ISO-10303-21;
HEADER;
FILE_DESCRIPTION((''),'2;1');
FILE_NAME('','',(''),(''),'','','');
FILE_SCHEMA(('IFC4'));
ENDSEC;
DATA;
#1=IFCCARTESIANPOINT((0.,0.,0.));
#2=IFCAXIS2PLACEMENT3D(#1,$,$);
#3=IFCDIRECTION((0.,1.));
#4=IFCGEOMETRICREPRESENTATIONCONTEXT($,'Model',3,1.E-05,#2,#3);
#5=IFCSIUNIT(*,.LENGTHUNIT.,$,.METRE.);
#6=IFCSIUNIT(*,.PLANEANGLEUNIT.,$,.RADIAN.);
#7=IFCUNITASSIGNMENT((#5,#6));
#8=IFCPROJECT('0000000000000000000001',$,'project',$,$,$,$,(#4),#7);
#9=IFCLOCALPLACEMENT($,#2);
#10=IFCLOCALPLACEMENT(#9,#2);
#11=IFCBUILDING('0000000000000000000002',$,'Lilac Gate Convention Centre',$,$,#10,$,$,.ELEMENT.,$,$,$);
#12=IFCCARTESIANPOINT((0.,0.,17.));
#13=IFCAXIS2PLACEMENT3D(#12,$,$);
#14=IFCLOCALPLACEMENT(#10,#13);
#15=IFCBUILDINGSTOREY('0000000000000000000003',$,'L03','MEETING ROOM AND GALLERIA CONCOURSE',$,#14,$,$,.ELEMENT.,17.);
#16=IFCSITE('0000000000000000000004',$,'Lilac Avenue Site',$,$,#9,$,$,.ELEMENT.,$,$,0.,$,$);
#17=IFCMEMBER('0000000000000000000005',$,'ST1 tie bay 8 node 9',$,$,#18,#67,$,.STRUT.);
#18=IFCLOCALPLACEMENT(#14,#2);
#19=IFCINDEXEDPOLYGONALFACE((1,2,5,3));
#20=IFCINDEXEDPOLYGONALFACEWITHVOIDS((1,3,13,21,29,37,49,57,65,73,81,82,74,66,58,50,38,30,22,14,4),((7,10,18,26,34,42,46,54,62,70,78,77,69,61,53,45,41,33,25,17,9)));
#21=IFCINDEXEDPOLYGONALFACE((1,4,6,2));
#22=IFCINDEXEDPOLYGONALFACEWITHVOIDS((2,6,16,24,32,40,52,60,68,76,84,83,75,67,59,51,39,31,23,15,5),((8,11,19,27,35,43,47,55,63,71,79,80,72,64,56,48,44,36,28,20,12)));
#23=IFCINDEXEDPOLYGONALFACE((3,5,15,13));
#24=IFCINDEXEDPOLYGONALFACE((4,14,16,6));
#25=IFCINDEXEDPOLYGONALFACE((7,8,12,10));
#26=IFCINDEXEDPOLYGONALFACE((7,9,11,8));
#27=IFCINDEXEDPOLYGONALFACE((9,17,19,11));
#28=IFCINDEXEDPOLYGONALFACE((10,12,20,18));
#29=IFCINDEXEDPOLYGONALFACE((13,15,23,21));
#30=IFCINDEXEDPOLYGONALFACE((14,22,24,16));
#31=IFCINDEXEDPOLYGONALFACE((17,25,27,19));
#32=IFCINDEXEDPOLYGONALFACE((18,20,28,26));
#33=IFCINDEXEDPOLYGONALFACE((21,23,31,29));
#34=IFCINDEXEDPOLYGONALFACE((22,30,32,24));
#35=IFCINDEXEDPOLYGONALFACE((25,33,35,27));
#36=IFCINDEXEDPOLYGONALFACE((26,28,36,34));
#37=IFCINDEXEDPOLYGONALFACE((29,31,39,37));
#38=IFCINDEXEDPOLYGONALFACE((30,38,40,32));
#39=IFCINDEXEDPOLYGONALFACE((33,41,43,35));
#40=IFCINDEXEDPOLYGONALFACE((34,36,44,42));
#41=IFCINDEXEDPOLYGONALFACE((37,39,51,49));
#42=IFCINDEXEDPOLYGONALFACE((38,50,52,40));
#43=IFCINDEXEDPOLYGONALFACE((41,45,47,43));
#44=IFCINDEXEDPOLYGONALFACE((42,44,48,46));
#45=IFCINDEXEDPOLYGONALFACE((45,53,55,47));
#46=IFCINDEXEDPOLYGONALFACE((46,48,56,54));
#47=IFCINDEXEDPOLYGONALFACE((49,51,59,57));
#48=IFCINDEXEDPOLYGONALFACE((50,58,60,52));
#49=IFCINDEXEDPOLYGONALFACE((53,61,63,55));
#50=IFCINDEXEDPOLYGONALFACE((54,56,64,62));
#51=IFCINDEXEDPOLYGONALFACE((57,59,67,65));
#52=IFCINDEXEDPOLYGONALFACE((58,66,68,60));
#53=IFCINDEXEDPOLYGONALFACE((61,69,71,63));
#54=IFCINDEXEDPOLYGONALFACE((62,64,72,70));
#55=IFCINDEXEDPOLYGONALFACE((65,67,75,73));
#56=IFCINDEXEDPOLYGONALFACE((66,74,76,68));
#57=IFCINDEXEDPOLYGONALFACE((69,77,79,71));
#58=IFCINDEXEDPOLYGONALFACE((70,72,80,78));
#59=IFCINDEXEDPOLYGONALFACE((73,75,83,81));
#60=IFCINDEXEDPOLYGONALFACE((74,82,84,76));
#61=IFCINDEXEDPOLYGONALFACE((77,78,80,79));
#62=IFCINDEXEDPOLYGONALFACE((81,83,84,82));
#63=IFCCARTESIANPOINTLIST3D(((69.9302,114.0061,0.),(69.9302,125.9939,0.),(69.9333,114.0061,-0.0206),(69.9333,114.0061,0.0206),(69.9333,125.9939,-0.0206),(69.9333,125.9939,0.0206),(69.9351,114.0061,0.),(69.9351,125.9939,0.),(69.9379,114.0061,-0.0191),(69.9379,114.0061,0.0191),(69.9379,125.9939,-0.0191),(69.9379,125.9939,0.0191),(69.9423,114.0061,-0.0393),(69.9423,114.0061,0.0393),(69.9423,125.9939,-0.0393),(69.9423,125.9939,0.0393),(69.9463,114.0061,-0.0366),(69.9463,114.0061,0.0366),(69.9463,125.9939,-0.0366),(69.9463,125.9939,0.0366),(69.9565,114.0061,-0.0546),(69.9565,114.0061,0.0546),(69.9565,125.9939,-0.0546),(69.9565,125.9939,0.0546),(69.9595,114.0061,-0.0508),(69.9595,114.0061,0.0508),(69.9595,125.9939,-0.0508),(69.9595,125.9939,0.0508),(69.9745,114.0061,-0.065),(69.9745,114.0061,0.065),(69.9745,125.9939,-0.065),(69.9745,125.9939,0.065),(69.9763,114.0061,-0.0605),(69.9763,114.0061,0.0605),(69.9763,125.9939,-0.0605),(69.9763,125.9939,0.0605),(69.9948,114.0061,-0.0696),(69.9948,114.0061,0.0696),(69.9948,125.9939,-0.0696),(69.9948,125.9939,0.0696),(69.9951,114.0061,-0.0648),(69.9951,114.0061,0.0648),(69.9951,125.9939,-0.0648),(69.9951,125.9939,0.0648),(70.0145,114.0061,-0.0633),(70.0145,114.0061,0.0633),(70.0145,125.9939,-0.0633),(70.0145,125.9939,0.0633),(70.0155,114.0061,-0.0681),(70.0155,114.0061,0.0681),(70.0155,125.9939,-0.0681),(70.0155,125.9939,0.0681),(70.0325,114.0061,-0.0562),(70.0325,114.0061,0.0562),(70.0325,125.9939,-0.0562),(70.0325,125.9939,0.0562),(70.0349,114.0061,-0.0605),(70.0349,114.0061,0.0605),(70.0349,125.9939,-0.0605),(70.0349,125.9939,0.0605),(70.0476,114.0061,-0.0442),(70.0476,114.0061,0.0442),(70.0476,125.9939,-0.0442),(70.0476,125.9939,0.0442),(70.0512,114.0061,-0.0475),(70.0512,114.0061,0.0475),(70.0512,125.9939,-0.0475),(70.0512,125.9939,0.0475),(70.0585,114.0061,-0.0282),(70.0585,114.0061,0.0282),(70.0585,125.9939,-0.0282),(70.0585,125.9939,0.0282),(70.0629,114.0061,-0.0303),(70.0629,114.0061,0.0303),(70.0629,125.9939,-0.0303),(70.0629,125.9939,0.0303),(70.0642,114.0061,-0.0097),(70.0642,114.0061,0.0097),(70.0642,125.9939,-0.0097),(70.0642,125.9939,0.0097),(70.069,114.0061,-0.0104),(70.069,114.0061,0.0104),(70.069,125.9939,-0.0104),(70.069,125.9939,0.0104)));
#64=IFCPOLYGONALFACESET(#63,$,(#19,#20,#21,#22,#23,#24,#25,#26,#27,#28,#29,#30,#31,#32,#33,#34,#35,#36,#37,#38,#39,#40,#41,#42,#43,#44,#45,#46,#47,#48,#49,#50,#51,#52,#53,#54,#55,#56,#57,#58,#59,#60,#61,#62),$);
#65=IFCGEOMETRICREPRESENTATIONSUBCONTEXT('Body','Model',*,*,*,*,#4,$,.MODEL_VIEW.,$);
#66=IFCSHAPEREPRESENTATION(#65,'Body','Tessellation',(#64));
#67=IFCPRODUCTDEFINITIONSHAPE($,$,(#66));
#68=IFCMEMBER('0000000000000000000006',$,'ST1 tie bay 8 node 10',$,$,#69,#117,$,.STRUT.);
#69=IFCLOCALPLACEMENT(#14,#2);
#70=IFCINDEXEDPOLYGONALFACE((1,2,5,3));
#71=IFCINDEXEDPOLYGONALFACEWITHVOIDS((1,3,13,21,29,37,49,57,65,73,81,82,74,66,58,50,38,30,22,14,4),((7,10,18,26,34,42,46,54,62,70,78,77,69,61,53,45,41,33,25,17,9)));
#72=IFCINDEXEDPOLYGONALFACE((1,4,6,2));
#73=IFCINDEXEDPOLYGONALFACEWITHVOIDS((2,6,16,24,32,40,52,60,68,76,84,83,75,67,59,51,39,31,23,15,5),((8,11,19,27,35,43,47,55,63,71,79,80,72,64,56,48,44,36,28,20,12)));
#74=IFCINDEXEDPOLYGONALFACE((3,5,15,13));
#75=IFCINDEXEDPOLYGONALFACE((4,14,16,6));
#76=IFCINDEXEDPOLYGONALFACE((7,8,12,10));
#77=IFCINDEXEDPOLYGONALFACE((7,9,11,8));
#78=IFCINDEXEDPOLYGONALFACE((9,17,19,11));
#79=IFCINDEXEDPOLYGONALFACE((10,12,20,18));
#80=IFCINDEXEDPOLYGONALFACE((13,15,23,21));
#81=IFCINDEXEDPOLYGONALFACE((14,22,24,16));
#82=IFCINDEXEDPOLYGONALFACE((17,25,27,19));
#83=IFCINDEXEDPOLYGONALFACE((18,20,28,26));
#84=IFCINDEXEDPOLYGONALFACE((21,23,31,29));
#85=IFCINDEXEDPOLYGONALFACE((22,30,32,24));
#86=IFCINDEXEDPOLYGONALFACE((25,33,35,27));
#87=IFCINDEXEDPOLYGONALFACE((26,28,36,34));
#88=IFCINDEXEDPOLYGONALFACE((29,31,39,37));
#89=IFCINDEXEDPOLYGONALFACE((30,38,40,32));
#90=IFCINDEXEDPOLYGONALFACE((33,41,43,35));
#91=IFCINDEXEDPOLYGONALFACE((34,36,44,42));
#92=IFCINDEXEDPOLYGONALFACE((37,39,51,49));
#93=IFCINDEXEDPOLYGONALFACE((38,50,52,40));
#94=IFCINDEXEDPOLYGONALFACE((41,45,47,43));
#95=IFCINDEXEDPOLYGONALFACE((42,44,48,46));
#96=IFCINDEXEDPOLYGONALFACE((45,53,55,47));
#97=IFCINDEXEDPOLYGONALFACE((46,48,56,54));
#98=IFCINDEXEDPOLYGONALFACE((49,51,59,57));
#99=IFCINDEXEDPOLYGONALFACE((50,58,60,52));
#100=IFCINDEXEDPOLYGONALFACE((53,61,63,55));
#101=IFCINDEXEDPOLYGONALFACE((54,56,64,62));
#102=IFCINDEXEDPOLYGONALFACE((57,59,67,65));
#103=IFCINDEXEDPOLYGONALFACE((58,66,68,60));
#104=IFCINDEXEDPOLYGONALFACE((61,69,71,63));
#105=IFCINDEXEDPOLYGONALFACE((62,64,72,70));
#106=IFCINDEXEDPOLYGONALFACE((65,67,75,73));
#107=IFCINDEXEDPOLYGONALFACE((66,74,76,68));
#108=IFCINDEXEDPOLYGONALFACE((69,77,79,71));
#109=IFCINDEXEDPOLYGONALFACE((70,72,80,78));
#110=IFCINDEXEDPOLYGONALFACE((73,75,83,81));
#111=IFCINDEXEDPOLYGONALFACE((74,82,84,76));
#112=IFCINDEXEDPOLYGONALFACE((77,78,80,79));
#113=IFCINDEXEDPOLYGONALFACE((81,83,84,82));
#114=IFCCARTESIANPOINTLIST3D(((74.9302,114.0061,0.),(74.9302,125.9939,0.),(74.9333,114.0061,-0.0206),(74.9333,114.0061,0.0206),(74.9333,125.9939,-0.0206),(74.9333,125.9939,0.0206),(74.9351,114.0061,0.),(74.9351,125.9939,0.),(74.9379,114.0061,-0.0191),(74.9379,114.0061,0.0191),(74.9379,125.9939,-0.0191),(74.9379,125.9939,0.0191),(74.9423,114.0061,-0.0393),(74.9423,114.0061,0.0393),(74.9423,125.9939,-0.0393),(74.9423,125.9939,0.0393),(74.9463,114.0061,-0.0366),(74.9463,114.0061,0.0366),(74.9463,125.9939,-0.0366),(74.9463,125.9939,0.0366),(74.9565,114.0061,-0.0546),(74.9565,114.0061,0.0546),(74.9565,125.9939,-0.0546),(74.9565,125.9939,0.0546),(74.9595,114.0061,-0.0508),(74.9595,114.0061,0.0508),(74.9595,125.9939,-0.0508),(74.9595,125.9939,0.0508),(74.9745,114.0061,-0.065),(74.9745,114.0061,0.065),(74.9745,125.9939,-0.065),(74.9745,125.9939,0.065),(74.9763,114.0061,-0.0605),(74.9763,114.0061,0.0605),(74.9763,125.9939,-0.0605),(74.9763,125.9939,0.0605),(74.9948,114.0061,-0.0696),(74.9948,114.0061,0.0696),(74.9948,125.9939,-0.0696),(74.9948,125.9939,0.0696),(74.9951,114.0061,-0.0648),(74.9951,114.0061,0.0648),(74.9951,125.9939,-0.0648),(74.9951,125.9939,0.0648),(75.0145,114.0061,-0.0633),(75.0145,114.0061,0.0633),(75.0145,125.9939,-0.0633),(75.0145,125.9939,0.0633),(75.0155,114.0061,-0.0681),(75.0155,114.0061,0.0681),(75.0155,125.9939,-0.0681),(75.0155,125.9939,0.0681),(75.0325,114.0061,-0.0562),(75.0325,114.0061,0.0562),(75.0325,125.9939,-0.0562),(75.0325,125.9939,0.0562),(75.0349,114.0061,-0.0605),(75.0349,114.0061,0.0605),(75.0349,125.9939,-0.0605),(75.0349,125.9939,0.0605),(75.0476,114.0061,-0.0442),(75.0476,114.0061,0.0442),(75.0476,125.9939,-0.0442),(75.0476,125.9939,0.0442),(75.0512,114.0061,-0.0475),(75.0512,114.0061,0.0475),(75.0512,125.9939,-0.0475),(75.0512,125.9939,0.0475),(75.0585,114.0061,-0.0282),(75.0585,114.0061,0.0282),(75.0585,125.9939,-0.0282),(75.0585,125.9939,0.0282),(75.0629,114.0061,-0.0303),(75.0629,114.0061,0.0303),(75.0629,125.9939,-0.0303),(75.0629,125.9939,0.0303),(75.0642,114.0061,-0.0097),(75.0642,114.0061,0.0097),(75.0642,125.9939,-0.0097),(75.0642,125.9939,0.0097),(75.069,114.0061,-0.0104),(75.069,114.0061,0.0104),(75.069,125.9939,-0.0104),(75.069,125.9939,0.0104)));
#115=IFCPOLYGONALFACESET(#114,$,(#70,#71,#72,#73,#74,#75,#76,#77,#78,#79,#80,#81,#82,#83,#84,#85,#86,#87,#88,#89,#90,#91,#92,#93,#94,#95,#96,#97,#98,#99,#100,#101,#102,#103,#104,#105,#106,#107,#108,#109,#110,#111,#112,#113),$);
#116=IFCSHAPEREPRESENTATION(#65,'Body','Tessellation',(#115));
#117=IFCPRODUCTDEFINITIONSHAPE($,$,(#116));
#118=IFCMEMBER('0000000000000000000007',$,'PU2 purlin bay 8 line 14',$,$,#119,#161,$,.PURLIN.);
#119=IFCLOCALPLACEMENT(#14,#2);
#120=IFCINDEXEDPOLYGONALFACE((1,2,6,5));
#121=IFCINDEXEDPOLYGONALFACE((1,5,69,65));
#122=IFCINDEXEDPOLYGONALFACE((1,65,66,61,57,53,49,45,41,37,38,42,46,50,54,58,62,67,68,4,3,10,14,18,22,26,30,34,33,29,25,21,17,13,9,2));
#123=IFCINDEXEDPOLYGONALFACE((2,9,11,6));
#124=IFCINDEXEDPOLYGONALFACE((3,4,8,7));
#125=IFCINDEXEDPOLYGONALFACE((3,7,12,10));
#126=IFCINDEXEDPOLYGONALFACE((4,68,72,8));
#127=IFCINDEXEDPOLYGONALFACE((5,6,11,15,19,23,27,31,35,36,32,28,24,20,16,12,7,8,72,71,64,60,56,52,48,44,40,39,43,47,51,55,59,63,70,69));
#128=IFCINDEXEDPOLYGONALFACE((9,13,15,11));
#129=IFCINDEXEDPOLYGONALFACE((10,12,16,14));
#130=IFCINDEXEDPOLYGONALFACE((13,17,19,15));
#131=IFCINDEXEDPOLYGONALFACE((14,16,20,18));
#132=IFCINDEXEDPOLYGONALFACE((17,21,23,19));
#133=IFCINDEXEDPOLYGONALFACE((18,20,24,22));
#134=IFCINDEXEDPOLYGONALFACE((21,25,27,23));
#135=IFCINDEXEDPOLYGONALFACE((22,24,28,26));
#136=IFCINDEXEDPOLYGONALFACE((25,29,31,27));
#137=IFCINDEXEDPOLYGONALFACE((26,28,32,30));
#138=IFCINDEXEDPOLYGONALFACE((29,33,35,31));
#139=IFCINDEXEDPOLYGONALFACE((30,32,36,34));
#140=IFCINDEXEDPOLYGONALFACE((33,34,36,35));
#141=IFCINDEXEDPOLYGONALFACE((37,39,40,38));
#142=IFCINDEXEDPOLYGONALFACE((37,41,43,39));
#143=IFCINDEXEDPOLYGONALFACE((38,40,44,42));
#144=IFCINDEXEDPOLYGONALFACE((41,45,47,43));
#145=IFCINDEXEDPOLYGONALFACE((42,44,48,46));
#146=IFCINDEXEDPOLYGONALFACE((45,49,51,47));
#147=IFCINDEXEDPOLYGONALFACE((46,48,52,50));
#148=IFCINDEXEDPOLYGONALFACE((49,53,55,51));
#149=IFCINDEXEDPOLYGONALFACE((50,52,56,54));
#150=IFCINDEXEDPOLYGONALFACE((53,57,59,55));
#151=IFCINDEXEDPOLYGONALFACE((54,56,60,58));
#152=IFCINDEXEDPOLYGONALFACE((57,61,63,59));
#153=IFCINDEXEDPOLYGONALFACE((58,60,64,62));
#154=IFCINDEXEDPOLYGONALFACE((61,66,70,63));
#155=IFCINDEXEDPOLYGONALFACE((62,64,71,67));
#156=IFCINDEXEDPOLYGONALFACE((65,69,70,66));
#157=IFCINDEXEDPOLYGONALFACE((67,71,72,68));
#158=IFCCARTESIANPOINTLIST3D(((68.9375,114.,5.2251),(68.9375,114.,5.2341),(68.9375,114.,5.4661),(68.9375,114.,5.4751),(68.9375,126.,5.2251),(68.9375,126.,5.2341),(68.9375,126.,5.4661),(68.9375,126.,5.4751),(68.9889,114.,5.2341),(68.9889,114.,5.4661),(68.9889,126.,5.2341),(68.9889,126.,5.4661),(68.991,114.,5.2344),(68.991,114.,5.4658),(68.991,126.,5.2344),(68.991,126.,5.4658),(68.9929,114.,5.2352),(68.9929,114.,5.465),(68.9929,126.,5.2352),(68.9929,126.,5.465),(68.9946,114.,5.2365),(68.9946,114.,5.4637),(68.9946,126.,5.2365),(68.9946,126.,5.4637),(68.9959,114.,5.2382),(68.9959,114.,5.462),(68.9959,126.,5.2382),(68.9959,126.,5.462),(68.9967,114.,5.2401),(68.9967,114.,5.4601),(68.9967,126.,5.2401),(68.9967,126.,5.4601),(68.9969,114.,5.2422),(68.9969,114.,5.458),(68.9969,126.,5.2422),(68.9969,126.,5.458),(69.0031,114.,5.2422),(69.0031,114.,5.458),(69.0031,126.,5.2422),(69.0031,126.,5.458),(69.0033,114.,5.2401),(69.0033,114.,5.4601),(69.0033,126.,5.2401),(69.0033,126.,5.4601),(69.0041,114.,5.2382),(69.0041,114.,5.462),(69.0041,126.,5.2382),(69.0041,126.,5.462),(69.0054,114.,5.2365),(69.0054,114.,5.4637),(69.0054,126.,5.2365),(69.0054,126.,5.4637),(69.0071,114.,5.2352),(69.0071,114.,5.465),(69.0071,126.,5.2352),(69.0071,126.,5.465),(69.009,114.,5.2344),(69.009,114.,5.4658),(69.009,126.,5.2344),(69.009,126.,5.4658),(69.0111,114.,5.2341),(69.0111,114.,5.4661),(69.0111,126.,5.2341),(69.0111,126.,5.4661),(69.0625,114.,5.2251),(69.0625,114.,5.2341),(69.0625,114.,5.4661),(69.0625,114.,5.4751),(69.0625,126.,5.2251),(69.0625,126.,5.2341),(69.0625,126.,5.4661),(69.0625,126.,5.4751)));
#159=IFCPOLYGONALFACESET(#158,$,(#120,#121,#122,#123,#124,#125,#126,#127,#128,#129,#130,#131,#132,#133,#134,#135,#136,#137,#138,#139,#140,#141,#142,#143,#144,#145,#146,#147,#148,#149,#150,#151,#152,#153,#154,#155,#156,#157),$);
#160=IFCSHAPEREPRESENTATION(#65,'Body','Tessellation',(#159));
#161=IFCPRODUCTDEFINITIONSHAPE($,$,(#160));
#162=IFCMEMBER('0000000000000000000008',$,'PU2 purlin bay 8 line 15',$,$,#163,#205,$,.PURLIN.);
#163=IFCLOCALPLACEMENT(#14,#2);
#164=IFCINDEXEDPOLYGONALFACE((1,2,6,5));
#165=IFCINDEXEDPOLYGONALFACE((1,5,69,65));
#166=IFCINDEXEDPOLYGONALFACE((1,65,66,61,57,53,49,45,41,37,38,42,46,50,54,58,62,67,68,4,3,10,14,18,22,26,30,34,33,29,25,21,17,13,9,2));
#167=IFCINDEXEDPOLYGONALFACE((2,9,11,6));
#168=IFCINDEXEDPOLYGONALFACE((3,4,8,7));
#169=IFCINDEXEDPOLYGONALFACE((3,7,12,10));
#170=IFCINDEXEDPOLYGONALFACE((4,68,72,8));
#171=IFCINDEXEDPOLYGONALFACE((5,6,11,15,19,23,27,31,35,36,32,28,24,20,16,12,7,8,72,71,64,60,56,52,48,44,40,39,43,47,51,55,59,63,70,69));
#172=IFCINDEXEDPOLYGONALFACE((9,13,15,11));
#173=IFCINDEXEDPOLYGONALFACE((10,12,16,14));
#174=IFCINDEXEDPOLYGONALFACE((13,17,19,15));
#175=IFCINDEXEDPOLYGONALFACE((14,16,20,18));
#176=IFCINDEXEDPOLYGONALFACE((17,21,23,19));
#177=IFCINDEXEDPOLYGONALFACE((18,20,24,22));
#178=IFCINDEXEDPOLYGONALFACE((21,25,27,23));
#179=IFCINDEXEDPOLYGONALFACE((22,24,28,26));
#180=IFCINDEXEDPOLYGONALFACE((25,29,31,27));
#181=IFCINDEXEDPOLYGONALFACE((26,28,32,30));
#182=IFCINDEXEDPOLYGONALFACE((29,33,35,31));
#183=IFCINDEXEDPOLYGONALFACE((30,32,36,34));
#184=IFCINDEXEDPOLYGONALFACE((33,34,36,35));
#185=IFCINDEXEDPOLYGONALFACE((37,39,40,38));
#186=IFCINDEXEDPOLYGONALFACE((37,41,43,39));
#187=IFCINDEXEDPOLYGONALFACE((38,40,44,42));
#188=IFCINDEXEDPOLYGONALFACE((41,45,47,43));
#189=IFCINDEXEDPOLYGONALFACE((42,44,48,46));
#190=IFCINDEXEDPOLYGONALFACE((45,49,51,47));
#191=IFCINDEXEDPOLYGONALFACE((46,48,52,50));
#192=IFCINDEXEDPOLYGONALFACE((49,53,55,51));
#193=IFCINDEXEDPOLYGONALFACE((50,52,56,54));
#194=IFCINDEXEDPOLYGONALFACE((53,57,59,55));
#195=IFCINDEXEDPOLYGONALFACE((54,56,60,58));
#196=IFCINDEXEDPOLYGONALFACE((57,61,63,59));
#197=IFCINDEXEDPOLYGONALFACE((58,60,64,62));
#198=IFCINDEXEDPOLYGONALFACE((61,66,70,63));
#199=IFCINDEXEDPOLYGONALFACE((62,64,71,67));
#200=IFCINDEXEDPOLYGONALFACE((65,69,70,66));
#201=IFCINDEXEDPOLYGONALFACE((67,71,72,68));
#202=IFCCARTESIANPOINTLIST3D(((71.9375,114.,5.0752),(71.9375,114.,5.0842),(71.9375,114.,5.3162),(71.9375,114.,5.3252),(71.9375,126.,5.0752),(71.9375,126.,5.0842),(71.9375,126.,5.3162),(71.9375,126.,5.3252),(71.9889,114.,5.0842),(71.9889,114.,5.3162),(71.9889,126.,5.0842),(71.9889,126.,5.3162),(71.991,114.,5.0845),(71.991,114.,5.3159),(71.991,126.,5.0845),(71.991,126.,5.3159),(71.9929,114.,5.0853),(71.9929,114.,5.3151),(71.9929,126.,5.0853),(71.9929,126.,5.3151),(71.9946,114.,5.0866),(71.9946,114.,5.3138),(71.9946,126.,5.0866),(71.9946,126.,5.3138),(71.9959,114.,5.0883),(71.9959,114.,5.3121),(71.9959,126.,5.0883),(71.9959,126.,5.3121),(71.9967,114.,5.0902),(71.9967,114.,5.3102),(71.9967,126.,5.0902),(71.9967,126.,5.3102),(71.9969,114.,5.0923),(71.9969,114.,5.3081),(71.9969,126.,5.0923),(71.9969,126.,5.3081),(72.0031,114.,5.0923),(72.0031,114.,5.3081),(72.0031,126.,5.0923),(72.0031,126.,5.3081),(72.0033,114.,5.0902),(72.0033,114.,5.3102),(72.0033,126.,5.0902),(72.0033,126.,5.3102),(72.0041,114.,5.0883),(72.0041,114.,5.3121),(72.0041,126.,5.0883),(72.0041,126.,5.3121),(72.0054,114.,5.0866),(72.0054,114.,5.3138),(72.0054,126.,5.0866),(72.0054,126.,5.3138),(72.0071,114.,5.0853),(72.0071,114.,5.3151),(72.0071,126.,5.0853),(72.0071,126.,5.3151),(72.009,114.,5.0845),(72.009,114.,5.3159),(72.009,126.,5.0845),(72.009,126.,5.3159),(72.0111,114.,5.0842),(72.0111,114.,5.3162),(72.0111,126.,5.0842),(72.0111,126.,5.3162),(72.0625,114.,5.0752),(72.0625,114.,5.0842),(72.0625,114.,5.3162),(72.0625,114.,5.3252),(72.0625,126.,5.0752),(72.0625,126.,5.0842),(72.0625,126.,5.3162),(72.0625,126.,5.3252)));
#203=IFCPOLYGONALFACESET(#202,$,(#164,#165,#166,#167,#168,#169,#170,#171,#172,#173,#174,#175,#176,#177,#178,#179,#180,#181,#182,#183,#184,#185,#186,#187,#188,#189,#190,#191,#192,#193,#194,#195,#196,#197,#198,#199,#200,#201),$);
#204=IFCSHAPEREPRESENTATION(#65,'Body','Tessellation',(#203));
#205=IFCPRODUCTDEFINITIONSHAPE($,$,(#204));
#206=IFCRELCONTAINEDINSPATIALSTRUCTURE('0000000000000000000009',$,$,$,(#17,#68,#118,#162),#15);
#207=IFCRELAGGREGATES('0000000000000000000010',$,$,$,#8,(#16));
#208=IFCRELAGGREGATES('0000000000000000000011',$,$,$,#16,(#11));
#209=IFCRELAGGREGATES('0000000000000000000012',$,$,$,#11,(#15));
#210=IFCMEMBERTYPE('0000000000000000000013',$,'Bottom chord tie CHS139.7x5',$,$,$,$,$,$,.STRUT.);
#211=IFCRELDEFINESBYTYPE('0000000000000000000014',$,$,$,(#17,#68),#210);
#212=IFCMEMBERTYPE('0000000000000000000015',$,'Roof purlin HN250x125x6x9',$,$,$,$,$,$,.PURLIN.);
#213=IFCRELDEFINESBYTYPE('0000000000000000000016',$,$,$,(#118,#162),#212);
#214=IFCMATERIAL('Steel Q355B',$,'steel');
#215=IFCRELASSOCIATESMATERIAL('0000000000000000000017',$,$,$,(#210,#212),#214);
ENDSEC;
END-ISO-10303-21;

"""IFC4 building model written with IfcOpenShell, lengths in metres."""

from ifc_helpers import new_model, si_unit, direction, frame, origin, origin_2d, place, context, subcontext, project, spatial, hollow_circle, i_section, extrude, material, material_profile, profile_set, type_object, element, save


model = new_model("IFC4")

# Units and contexts
model_context = context("Model", 3, precision=1e-05, world=origin(), true_north=direction((0.0, 1.0)))
body_context = subcontext(model_context, "Body", "Model", "MODEL_VIEW")
ifc_project = project(units=[si_unit("LENGTHUNIT", "METRE"), si_unit("PLANEANGLEUNIT", "RADIAN")], contexts=[model_context])

# Site, building, storey
site_placement = place(None, origin())
site = spatial("IfcSite", under=ifc_project, at=site_placement, Name="Lilac Avenue Site", CompositionType="ELEMENT", RefElevation=0.0)
building_placement = place(site_placement, origin())
building = spatial("IfcBuilding", under=site, at=building_placement, Name="Lilac Gate Convention Centre", CompositionType="ELEMENT")
storey_placement = place(building_placement, frame((0.0, 0.0, 17.0)))
storey = spatial("IfcBuildingStorey", under=building, at=storey_placement, Name="L03", Description="MEETING ROOM AND GALLERIA CONCOURSE", CompositionType="ELEMENT", Elevation=17.0)

# Members
ifc_material = material(Name="Steel Q355B", Category="steel")
ifc_material_profile_1 = material_profile(ifc_material, hollow_circle(Radius=0.0698, WallThickness=0.0049, at=origin_2d()), Name="CHS139.7x5")
ifc_profile_set_1 = profile_set([ifc_material_profile_1], Name="Steel Q355B")
member_type_1 = type_object("IfcMemberType", Name="Bottom chord tie CHS139.7x5", PredefinedType="STRUT", material=ifc_profile_set_1)
for number, where, z_axis, x_axis, name in (
    (1, (70.0, 114.0061, 0.0), (0.0, 1.0, 0.0), (-1.0, 0.0, 0.0), "ST1 tie bay 8 node 9"),
    (2, (75.0, 114.0061, 0.0), (0.0, 1.0, 0.0), (-1.0, 0.0, 0.0), "ST1 tie bay 8 node 10"),
):
    element("IfcMember", number, at=place(storey_placement, frame(where, z_axis=z_axis, x_axis=x_axis)), inside=storey, type_object=member_type_1, Name=name, PredefinedType="STRUT", context=body_context, shape_type="SweptSolid", body=[
        extrude(hollow_circle(Radius=0.0698, WallThickness=0.0049, at=origin_2d()), origin(), (0.0, 0.0, 1.0), 11.9878),
    ])
ifc_material_profile_2 = material_profile(ifc_material, i_section(OverallWidth=0.125, OverallDepth=0.25, WebThickness=0.0061, FlangeThickness=0.009, FilletRadius=0.0081, at=origin_2d()), Name="HN250x125x6x9")
ifc_profile_set_2 = profile_set([ifc_material_profile_2], Name="Steel Q355B")
member_type_2 = type_object("IfcMemberType", Name="Roof purlin HN250x125x6x9", PredefinedType="PURLIN", material=ifc_profile_set_2)
for number, where, z_axis, x_axis, name in (
    (3, (69.0, 114.0, 5.3501), (0.0, 1.0, 0.0), (-1.0, 0.0, 0.0), "PU2 purlin bay 8 line 14"),
    (4, (72.0, 114.0, 5.2002), (0.0, 1.0, 0.0), (-1.0, 0.0, 0.0), "PU2 purlin bay 8 line 15"),
):
    element("IfcMember", number, at=place(storey_placement, frame(where, z_axis=z_axis, x_axis=x_axis)), inside=storey, type_object=member_type_2, Name=name, PredefinedType="PURLIN", context=body_context, shape_type="SweptSolid", body=[
        extrude(i_section(OverallWidth=0.125, OverallDepth=0.25, WebThickness=0.0061, FlangeThickness=0.009, FilletRadius=0.0081, at=origin_2d()), origin(), (0.0, 0.0, 1.0), 12.0),
    ])

save(model, "model.ifc")
